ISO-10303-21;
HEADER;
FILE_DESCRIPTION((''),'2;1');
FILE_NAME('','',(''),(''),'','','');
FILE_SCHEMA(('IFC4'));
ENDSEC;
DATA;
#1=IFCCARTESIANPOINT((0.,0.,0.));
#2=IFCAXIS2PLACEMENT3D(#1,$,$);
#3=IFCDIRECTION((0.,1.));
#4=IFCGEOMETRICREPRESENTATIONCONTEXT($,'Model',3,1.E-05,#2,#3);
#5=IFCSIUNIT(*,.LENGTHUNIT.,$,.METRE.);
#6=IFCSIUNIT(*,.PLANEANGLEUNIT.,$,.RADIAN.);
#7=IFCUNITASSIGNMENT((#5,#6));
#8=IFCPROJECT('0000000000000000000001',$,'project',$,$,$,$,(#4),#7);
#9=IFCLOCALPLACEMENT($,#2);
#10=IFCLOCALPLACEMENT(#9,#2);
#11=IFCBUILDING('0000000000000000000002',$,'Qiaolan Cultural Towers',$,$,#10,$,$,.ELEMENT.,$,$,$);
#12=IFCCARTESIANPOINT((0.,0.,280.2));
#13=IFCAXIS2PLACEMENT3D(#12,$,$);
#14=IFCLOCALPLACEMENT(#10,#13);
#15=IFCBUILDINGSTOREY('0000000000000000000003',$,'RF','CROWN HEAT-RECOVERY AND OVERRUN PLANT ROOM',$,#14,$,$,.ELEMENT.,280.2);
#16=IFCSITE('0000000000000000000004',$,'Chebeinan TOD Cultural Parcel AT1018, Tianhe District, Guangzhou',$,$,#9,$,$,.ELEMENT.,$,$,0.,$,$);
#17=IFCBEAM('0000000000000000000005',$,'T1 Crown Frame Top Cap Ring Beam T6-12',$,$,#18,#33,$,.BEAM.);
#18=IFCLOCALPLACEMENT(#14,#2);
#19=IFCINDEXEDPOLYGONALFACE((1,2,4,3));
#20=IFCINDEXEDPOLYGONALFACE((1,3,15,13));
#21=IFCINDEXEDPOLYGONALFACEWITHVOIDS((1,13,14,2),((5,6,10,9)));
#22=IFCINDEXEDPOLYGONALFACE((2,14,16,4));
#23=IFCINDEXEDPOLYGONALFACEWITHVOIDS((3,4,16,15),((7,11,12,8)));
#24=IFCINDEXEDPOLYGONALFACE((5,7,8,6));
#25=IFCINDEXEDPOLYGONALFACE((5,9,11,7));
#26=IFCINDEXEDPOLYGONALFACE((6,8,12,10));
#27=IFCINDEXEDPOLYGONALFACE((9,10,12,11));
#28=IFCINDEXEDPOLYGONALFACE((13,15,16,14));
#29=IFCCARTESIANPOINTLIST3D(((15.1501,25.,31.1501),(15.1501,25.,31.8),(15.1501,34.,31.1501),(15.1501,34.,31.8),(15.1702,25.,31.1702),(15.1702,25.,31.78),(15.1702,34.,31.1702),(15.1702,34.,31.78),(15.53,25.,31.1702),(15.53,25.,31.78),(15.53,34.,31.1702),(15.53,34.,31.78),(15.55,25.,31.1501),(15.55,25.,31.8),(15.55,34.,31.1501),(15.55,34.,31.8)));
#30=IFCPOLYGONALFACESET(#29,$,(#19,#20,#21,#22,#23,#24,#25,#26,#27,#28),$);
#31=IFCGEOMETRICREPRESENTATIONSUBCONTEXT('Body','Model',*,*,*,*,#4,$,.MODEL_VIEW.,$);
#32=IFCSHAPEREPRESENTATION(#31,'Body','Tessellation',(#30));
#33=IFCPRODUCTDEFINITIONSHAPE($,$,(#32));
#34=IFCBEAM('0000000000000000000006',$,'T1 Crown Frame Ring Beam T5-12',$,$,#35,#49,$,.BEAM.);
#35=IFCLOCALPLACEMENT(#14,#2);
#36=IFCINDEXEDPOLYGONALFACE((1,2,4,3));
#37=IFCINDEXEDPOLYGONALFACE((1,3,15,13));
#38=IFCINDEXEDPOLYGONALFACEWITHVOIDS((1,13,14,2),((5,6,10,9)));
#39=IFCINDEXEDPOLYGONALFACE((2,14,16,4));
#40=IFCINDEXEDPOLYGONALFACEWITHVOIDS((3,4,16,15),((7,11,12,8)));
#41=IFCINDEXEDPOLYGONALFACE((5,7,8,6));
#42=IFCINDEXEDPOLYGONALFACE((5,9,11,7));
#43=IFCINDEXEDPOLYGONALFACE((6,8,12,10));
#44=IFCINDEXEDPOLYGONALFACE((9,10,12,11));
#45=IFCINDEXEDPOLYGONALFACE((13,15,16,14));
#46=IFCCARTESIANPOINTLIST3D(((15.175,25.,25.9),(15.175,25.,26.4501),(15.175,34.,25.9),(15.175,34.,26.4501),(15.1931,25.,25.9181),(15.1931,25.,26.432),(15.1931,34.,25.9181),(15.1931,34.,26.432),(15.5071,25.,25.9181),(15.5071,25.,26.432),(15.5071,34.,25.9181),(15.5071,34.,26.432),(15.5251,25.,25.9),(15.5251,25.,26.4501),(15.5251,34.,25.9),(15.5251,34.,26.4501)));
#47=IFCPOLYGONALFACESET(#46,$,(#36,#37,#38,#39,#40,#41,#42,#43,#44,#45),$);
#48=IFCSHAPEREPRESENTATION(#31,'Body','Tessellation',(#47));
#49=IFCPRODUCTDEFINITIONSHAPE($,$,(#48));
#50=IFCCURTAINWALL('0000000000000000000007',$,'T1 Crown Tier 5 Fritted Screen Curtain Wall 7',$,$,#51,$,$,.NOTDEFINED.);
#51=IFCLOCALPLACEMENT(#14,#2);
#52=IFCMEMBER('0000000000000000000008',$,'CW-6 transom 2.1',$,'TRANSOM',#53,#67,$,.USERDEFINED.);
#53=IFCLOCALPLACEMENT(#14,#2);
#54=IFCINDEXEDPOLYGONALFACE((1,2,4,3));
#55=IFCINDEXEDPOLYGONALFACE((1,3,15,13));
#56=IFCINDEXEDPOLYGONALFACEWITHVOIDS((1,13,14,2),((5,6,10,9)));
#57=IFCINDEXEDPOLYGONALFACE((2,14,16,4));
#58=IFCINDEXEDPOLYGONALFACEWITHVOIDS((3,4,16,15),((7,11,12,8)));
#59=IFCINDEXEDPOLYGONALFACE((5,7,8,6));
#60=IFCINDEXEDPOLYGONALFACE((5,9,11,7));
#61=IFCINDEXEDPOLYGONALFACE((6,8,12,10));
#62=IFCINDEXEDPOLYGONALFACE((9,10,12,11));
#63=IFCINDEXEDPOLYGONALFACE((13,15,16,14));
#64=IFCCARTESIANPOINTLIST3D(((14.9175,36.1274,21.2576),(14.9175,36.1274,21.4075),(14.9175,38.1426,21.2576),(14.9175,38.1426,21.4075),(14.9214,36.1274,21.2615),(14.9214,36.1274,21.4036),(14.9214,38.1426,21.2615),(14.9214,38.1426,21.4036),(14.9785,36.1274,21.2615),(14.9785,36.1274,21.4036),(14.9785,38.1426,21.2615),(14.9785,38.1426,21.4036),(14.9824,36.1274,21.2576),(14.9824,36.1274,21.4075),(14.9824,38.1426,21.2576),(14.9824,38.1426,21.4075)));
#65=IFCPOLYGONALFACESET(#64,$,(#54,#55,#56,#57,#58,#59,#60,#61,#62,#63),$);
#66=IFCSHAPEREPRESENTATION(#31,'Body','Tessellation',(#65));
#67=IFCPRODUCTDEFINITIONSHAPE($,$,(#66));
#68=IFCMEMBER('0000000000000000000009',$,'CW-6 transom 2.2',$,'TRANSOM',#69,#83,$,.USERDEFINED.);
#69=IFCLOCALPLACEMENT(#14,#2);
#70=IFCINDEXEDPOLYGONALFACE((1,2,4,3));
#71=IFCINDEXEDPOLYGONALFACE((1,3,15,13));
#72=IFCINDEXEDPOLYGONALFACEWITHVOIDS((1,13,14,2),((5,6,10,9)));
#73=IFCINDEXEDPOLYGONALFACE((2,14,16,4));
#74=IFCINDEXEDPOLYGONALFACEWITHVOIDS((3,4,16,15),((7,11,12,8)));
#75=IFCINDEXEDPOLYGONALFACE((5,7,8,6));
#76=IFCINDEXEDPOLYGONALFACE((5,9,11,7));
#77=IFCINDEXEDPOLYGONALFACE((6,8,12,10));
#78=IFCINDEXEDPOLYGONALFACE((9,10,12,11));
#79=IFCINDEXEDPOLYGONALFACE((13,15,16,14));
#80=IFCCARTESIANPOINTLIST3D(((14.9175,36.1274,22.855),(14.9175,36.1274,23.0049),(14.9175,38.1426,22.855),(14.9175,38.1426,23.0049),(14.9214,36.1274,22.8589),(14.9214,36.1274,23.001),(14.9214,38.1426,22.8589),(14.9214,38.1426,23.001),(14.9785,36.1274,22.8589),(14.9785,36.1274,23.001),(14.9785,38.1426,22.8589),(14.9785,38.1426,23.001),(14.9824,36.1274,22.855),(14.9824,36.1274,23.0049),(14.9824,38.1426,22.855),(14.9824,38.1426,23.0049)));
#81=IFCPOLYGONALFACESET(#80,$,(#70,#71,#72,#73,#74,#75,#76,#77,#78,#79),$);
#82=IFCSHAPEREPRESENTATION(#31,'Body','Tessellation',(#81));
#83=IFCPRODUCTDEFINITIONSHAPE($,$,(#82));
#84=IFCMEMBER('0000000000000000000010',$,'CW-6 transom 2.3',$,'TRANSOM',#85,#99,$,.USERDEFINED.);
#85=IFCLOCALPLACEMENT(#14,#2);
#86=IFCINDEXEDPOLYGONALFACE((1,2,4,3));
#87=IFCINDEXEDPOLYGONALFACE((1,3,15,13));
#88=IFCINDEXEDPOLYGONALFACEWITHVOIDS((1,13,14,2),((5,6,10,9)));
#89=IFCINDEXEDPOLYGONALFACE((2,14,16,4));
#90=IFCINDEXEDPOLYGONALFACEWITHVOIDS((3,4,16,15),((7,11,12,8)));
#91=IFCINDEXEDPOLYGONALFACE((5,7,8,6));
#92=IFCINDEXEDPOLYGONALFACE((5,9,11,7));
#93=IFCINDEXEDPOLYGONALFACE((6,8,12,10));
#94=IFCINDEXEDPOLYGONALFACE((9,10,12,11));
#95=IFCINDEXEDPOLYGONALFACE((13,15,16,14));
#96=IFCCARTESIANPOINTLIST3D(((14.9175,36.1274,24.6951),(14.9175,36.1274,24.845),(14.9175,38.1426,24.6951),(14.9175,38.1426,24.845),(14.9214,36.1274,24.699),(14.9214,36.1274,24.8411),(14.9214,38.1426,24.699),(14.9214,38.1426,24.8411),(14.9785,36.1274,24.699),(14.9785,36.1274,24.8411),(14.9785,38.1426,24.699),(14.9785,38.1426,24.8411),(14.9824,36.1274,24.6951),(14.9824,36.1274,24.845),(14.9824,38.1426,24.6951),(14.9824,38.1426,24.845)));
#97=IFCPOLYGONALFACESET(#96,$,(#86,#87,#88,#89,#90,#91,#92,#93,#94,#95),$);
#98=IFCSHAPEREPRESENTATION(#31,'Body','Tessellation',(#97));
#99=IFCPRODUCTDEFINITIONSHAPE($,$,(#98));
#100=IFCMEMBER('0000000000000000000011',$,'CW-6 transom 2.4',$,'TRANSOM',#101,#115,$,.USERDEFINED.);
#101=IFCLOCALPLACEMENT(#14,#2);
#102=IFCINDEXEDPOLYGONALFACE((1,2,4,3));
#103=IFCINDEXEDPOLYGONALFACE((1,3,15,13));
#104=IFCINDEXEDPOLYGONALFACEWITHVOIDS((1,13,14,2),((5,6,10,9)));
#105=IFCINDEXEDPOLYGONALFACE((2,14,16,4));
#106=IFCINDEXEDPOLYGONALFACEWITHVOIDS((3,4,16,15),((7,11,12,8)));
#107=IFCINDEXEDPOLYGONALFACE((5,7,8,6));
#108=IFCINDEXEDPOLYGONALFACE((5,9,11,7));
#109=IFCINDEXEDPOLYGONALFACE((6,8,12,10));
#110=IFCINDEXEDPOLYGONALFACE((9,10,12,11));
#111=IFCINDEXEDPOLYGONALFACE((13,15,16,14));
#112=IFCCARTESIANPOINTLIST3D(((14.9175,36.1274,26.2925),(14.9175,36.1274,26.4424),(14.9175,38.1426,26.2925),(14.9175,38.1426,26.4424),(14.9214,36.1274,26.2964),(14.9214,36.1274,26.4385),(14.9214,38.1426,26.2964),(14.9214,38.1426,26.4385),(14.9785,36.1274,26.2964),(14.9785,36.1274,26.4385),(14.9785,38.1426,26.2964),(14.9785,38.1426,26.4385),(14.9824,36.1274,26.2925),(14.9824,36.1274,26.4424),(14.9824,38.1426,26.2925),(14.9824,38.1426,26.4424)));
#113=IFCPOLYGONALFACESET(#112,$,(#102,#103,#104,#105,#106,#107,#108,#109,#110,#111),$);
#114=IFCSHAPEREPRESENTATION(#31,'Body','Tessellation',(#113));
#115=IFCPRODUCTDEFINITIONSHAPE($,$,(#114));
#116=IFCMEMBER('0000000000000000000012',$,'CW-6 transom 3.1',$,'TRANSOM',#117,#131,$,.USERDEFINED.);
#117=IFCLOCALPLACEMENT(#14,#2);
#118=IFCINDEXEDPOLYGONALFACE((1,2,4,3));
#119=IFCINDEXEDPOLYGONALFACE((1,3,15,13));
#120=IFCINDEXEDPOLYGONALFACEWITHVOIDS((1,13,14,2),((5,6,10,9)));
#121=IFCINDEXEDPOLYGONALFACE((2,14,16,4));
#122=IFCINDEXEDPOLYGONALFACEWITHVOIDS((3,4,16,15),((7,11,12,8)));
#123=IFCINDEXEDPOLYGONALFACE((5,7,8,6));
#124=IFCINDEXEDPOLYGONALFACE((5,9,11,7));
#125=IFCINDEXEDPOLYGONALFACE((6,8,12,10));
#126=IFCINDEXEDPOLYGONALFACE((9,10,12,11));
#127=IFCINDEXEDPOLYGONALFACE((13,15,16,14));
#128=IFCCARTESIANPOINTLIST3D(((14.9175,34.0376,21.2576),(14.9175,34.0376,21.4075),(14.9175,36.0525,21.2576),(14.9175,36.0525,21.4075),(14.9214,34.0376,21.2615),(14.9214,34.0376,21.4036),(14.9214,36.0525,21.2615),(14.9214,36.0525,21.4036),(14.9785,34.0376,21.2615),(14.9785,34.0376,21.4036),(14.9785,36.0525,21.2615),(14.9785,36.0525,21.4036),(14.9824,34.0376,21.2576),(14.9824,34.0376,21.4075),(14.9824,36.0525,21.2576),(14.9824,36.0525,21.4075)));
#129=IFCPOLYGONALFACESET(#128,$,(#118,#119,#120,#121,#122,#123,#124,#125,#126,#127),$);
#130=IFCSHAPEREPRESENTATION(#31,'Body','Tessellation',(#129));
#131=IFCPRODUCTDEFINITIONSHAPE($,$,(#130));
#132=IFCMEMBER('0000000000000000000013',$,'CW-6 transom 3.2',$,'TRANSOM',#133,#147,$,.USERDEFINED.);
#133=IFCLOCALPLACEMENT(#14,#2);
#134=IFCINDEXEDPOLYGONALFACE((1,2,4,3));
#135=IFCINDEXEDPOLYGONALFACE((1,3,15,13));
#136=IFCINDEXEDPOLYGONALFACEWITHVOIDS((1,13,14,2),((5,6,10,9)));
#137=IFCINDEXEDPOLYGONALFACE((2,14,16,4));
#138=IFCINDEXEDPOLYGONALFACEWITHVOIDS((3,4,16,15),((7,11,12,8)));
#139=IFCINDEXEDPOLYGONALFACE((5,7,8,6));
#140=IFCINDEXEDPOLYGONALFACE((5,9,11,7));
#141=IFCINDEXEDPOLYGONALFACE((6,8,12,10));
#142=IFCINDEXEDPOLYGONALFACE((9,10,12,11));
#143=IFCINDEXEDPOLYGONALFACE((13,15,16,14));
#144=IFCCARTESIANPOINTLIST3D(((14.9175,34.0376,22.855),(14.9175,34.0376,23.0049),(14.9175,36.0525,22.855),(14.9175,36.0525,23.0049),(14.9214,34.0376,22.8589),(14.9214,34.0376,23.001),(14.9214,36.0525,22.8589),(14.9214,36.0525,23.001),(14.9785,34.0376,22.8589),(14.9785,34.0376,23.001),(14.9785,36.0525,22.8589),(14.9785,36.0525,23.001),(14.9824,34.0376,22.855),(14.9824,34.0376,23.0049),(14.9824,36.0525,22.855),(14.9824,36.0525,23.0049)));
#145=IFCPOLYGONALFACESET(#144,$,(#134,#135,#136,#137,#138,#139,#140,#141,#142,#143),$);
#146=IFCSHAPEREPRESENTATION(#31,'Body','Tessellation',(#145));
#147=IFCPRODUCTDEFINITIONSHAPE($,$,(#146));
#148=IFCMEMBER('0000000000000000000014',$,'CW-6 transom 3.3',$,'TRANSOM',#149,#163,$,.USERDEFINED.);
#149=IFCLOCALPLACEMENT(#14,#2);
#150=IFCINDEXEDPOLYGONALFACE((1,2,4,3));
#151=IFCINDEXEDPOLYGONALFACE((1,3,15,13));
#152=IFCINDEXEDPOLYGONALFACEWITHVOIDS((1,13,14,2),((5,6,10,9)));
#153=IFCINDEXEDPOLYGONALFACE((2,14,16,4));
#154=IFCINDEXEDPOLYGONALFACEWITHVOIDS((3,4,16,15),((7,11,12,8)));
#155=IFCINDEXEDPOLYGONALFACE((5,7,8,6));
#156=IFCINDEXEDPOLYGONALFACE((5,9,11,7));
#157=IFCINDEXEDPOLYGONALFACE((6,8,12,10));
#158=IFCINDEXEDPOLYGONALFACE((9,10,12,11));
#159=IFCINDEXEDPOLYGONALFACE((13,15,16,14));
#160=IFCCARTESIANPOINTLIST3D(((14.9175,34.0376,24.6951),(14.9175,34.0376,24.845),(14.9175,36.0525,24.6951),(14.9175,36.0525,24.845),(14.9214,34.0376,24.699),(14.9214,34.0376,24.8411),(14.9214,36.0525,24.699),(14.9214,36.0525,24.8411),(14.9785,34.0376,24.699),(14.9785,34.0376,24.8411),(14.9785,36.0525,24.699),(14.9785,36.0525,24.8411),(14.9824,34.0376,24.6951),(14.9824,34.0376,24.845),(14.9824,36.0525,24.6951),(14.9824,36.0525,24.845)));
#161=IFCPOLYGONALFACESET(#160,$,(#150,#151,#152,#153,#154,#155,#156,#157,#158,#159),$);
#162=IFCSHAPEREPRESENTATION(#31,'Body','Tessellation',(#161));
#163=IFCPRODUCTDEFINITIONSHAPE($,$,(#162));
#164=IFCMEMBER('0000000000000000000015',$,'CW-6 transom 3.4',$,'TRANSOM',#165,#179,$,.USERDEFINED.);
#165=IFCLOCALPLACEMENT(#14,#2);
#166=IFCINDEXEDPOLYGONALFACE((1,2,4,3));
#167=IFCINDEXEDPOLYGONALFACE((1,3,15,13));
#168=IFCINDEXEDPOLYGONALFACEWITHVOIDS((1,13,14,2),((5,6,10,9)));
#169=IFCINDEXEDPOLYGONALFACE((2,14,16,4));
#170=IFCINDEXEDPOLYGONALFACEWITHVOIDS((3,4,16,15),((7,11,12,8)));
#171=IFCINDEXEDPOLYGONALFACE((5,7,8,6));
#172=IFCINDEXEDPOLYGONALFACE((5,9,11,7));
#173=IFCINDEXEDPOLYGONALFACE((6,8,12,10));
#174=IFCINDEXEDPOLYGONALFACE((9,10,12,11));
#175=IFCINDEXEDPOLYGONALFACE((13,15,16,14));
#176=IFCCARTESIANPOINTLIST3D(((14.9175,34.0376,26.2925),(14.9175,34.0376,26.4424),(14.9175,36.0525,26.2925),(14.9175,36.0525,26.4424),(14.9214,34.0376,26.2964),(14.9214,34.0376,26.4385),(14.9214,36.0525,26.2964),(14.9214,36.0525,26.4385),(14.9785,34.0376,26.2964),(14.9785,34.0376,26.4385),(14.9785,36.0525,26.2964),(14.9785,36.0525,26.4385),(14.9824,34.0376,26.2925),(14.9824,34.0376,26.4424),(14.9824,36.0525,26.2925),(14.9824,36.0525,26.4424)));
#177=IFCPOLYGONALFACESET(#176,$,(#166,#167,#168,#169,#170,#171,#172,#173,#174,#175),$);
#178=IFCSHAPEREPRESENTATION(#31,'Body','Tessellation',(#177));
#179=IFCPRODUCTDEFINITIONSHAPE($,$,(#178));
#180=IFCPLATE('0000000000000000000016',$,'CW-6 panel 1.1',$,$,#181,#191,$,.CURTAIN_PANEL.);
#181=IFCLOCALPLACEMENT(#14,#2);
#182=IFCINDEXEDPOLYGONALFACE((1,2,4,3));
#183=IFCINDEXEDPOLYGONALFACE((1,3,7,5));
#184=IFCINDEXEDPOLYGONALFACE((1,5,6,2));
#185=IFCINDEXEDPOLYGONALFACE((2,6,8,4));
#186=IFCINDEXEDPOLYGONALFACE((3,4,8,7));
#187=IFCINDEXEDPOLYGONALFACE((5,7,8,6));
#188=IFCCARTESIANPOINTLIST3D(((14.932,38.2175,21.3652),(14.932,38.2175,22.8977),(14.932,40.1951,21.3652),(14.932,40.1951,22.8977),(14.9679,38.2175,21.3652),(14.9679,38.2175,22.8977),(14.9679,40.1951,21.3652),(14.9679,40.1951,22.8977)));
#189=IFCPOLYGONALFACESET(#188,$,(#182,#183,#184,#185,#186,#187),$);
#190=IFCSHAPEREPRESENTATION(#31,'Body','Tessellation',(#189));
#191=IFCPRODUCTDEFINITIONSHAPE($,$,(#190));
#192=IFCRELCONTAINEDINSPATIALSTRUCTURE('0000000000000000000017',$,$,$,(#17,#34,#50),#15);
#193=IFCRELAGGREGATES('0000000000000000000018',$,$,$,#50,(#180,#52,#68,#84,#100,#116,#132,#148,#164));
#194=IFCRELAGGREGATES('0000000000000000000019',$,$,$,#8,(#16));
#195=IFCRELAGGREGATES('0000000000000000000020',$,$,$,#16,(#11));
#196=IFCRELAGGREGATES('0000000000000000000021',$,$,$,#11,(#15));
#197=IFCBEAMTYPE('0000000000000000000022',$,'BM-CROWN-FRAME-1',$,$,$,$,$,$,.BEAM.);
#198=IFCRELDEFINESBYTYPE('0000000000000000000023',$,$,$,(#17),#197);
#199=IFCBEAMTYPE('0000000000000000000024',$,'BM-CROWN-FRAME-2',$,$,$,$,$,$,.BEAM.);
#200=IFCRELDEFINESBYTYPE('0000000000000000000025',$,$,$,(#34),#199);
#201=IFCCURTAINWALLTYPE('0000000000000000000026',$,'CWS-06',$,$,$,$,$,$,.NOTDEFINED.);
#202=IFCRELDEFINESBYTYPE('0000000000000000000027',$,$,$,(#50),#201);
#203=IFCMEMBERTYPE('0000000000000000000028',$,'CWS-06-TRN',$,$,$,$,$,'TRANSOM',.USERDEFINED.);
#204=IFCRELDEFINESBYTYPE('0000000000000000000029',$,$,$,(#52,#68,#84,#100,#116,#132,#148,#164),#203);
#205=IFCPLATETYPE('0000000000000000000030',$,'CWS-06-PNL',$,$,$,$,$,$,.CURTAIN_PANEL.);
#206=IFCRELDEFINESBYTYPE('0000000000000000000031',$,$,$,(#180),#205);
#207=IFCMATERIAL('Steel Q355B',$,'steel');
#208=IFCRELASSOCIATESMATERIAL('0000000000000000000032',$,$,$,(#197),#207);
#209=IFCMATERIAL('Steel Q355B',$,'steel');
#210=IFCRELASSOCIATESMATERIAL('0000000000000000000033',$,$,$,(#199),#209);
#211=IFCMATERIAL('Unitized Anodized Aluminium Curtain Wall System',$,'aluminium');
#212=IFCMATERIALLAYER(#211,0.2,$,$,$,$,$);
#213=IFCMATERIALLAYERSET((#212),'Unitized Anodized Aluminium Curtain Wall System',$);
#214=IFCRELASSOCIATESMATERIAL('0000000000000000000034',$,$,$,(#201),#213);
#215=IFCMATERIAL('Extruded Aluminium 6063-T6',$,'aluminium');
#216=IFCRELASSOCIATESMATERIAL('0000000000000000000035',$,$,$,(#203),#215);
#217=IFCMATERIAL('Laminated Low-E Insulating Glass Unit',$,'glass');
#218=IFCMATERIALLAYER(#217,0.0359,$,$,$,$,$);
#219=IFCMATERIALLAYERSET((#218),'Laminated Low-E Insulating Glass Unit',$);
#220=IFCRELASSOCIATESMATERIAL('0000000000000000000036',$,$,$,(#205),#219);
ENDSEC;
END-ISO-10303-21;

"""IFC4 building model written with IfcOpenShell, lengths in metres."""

from ifc_helpers import new_model, si_unit, direction, frame, origin, origin_2d, place, context, subcontext, project, spatial, rectangle, hollow_rectangle, extrude, material, layer, layer_set, material_profile, profile_set, type_object, element, aggregate, save


model = new_model("IFC4")

# Units and contexts
model_context = context("Model", 3, precision=1e-05, world=origin(), true_north=direction((0.0, 1.0)))
body_context = subcontext(model_context, "Body", "Model", "MODEL_VIEW")
ifc_project = project(units=[si_unit("LENGTHUNIT", "METRE"), si_unit("PLANEANGLEUNIT", "RADIAN")], contexts=[model_context])

# Site, building, storey
site_placement = place(None, origin())
site = spatial("IfcSite", under=ifc_project, at=site_placement, Name="Chebeinan TOD Cultural Parcel AT1018, Tianhe District, Guangzhou", CompositionType="ELEMENT", RefElevation=0.0)
building_placement = place(site_placement, origin())
building = spatial("IfcBuilding", under=site, at=building_placement, Name="Qiaolan Cultural Towers", CompositionType="ELEMENT")
storey_placement = place(building_placement, frame((0.0, 0.0, 280.2)))
storey = spatial("IfcBuildingStorey", under=building, at=storey_placement, Name="RF", Description="CROWN HEAT-RECOVERY AND OVERRUN PLANT ROOM", CompositionType="ELEMENT", Elevation=280.2)

# Beams
ifc_material_1 = material(Name="Steel Q355B", Category="steel")
ifc_material_profile_1 = material_profile(ifc_material_1, hollow_rectangle(XDim=0.3999, YDim=0.6499, WallThickness=0.02, at=origin_2d()), Name="BOX650x400x20")
ifc_profile_set_1 = profile_set([ifc_material_profile_1], Name="Steel Q355B")
beam_type_1 = type_object("IfcBeamType", Name="BM-CROWN-FRAME-1", PredefinedType="BEAM", material=ifc_profile_set_1)
beam_1_placement = place(storey_placement, frame((15.3501, 34.0, 31.4751), z_axis=(0.0, -1.0, 0.0), x_axis=(1.0, 0.0, 0.0)))
element("IfcBeam", 1, at=beam_1_placement, inside=storey, type_object=beam_type_1, Name="T1 Crown Frame Top Cap Ring Beam T6-12", PredefinedType="BEAM", context=body_context, shape_type="SweptSolid", body=[
    extrude(hollow_rectangle(XDim=0.3999, YDim=0.6499, WallThickness=0.02, at=origin_2d()), origin(), (0.0, 0.0, 1.0), 9.0),
])
ifc_material_2 = material(Name="Steel Q355B", Category="steel")
ifc_material_profile_2 = material_profile(ifc_material_2, hollow_rectangle(XDim=0.3501, YDim=0.55, WallThickness=0.0181, at=origin_2d()), Name="BOX550x350x18")
ifc_profile_set_2 = profile_set([ifc_material_profile_2], Name="Steel Q355B")
beam_type_2 = type_object("IfcBeamType", Name="BM-CROWN-FRAME-2", PredefinedType="BEAM", material=ifc_profile_set_2)
beam_2_placement = place(storey_placement, frame((15.3501, 34.0, 26.175), z_axis=(0.0, -1.0, 0.0), x_axis=(1.0, 0.0, 0.0)))
element("IfcBeam", 2, at=beam_2_placement, inside=storey, type_object=beam_type_2, Name="T1 Crown Frame Ring Beam T5-12", PredefinedType="BEAM", context=body_context, shape_type="SweptSolid", body=[
    extrude(hollow_rectangle(XDim=0.3501, YDim=0.55, WallThickness=0.0181, at=origin_2d()), origin(), (0.0, 0.0, 1.0), 9.0),
])

# Curtain wall, members, plate
ifc_material_3 = material(Name="Unitized Anodized Aluminium Curtain Wall System", Category="aluminium")
ifc_layer_1 = layer(ifc_material_3, 0.2)
ifc_layer_set_1 = layer_set([ifc_layer_1], Name="Unitized Anodized Aluminium Curtain Wall System")
curtain_wall_type = type_object("IfcCurtainWallType", Name="CWS-06", PredefinedType="NOTDEFINED", material=ifc_layer_set_1)
curtain_wall_placement = place(storey_placement, origin())
curtain_wall = element("IfcCurtainWall", 3, at=curtain_wall_placement, inside=storey, type_object=curtain_wall_type, Name="T1 Crown Tier 5 Fritted Screen Curtain Wall 7", PredefinedType="NOTDEFINED")
ifc_material_4 = material(Name="Extruded Aluminium 6063-T6", Category="aluminium")
ifc_material_profile_3 = material_profile(ifc_material_4, hollow_rectangle(XDim=0.0649, YDim=0.1499, WallThickness=0.0039, at=origin_2d()), Name="CWT-150x65x4")
ifc_profile_set_3 = profile_set([ifc_material_profile_3], Name="Extruded Aluminium 6063-T6")
member_type = type_object("IfcMemberType", Name="CWS-06-TRN", ElementType="TRANSOM", PredefinedType="USERDEFINED", material=ifc_profile_set_3)
member_1_placement = place(storey_placement, frame((14.95, 38.1426, 21.3325), z_axis=(0.0, -1.0, 0.0), x_axis=(1.0, 0.0, 0.0)))
member_1 = element("IfcMember", 4, at=member_1_placement, type_object=member_type, Name="CW-6 transom 2.1", ObjectType="TRANSOM", PredefinedType="USERDEFINED", context=body_context, shape_type="SweptSolid", body=[
    extrude(hollow_rectangle(XDim=0.0649, YDim=0.1499, WallThickness=0.0039, at=origin_2d()), origin(), (0.0, 0.0, 1.0), 2.0151),
])
member_2_placement = place(storey_placement, frame((14.95, 38.1426, 22.9299), z_axis=(0.0, -1.0, 0.0), x_axis=(1.0, 0.0, 0.0)))
member_2 = element("IfcMember", 5, at=member_2_placement, type_object=member_type, Name="CW-6 transom 2.2", ObjectType="TRANSOM", PredefinedType="USERDEFINED", context=body_context, shape_type="SweptSolid", body=[
    extrude(hollow_rectangle(XDim=0.0649, YDim=0.1499, WallThickness=0.0039, at=origin_2d()), origin(), (0.0, 0.0, 1.0), 2.0151),
])
member_3_placement = place(storey_placement, frame((14.95, 38.1426, 24.77), z_axis=(0.0, -1.0, 0.0), x_axis=(1.0, 0.0, 0.0)))
member_3 = element("IfcMember", 6, at=member_3_placement, type_object=member_type, Name="CW-6 transom 2.3", ObjectType="TRANSOM", PredefinedType="USERDEFINED", context=body_context, shape_type="SweptSolid", body=[
    extrude(hollow_rectangle(XDim=0.0649, YDim=0.1499, WallThickness=0.0039, at=origin_2d()), origin(), (0.0, 0.0, 1.0), 2.0151),
])
member_4_placement = place(storey_placement, frame((14.95, 38.1426, 26.3674), z_axis=(0.0, -1.0, 0.0), x_axis=(1.0, 0.0, 0.0)))
member_4 = element("IfcMember", 7, at=member_4_placement, type_object=member_type, Name="CW-6 transom 2.4", ObjectType="TRANSOM", PredefinedType="USERDEFINED", context=body_context, shape_type="SweptSolid", body=[
    extrude(hollow_rectangle(XDim=0.0649, YDim=0.1499, WallThickness=0.0039, at=origin_2d()), origin(), (0.0, 0.0, 1.0), 2.0151),
])
member_5_placement = place(storey_placement, frame((14.95, 36.0525, 21.3325), z_axis=(0.0, -1.0, 0.0), x_axis=(1.0, 0.0, 0.0)))
member_5 = element("IfcMember", 8, at=member_5_placement, type_object=member_type, Name="CW-6 transom 3.1", ObjectType="TRANSOM", PredefinedType="USERDEFINED", context=body_context, shape_type="SweptSolid", body=[
    extrude(hollow_rectangle(XDim=0.0649, YDim=0.1499, WallThickness=0.0039, at=origin_2d()), origin(), (0.0, 0.0, 1.0), 2.0149),
])
member_6_placement = place(storey_placement, frame((14.95, 36.0525, 22.9299), z_axis=(0.0, -1.0, 0.0), x_axis=(1.0, 0.0, 0.0)))
member_6 = element("IfcMember", 9, at=member_6_placement, type_object=member_type, Name="CW-6 transom 3.2", ObjectType="TRANSOM", PredefinedType="USERDEFINED", context=body_context, shape_type="SweptSolid", body=[
    extrude(hollow_rectangle(XDim=0.0649, YDim=0.1499, WallThickness=0.0039, at=origin_2d()), origin(), (0.0, 0.0, 1.0), 2.0149),
])
member_7_placement = place(storey_placement, frame((14.95, 36.0525, 24.77), z_axis=(0.0, -1.0, 0.0), x_axis=(1.0, 0.0, 0.0)))
member_7 = element("IfcMember", 10, at=member_7_placement, type_object=member_type, Name="CW-6 transom 3.3", ObjectType="TRANSOM", PredefinedType="USERDEFINED", context=body_context, shape_type="SweptSolid", body=[
    extrude(hollow_rectangle(XDim=0.0649, YDim=0.1499, WallThickness=0.0039, at=origin_2d()), origin(), (0.0, 0.0, 1.0), 2.0149),
])
member_8_placement = place(storey_placement, frame((14.95, 36.0525, 26.3674), z_axis=(0.0, -1.0, 0.0), x_axis=(1.0, 0.0, 0.0)))
member_8 = element("IfcMember", 11, at=member_8_placement, type_object=member_type, Name="CW-6 transom 3.4", ObjectType="TRANSOM", PredefinedType="USERDEFINED", context=body_context, shape_type="SweptSolid", body=[
    extrude(hollow_rectangle(XDim=0.0649, YDim=0.1499, WallThickness=0.0039, at=origin_2d()), origin(), (0.0, 0.0, 1.0), 2.0149),
])
ifc_material_5 = material(Name="Laminated Low-E Insulating Glass Unit", Category="glass")
ifc_layer_2 = layer(ifc_material_5, 0.0359)
ifc_layer_set_2 = layer_set([ifc_layer_2], Name="Laminated Low-E Insulating Glass Unit")
plate_type_1 = type_object("IfcPlateType", Name="CWS-06-PNL", PredefinedType="CURTAIN_PANEL", material=ifc_layer_set_2)
plate_1_placement = place(storey_placement, frame((14.95, 39.2063, 21.3652), z_axis=(0.0, 0.0, 1.0), x_axis=(0.0, -1.0, 0.0)))
plate_1 = element("IfcPlate", 12, at=plate_1_placement, type_object=plate_type_1, Name="CW-6 panel 1.1", PredefinedType="CURTAIN_PANEL", context=body_context, shape_type="SweptSolid", body=[
    extrude(rectangle(XDim=1.9775, YDim=0.0359, at=origin_2d()), origin(), (0.0, 0.0, 1.0), 1.5325),
])
aggregate(curtain_wall, [plate_1, member_1, member_2, member_3, member_4, member_5, member_6, member_7, member_8])

save(model, "model.ifc")
